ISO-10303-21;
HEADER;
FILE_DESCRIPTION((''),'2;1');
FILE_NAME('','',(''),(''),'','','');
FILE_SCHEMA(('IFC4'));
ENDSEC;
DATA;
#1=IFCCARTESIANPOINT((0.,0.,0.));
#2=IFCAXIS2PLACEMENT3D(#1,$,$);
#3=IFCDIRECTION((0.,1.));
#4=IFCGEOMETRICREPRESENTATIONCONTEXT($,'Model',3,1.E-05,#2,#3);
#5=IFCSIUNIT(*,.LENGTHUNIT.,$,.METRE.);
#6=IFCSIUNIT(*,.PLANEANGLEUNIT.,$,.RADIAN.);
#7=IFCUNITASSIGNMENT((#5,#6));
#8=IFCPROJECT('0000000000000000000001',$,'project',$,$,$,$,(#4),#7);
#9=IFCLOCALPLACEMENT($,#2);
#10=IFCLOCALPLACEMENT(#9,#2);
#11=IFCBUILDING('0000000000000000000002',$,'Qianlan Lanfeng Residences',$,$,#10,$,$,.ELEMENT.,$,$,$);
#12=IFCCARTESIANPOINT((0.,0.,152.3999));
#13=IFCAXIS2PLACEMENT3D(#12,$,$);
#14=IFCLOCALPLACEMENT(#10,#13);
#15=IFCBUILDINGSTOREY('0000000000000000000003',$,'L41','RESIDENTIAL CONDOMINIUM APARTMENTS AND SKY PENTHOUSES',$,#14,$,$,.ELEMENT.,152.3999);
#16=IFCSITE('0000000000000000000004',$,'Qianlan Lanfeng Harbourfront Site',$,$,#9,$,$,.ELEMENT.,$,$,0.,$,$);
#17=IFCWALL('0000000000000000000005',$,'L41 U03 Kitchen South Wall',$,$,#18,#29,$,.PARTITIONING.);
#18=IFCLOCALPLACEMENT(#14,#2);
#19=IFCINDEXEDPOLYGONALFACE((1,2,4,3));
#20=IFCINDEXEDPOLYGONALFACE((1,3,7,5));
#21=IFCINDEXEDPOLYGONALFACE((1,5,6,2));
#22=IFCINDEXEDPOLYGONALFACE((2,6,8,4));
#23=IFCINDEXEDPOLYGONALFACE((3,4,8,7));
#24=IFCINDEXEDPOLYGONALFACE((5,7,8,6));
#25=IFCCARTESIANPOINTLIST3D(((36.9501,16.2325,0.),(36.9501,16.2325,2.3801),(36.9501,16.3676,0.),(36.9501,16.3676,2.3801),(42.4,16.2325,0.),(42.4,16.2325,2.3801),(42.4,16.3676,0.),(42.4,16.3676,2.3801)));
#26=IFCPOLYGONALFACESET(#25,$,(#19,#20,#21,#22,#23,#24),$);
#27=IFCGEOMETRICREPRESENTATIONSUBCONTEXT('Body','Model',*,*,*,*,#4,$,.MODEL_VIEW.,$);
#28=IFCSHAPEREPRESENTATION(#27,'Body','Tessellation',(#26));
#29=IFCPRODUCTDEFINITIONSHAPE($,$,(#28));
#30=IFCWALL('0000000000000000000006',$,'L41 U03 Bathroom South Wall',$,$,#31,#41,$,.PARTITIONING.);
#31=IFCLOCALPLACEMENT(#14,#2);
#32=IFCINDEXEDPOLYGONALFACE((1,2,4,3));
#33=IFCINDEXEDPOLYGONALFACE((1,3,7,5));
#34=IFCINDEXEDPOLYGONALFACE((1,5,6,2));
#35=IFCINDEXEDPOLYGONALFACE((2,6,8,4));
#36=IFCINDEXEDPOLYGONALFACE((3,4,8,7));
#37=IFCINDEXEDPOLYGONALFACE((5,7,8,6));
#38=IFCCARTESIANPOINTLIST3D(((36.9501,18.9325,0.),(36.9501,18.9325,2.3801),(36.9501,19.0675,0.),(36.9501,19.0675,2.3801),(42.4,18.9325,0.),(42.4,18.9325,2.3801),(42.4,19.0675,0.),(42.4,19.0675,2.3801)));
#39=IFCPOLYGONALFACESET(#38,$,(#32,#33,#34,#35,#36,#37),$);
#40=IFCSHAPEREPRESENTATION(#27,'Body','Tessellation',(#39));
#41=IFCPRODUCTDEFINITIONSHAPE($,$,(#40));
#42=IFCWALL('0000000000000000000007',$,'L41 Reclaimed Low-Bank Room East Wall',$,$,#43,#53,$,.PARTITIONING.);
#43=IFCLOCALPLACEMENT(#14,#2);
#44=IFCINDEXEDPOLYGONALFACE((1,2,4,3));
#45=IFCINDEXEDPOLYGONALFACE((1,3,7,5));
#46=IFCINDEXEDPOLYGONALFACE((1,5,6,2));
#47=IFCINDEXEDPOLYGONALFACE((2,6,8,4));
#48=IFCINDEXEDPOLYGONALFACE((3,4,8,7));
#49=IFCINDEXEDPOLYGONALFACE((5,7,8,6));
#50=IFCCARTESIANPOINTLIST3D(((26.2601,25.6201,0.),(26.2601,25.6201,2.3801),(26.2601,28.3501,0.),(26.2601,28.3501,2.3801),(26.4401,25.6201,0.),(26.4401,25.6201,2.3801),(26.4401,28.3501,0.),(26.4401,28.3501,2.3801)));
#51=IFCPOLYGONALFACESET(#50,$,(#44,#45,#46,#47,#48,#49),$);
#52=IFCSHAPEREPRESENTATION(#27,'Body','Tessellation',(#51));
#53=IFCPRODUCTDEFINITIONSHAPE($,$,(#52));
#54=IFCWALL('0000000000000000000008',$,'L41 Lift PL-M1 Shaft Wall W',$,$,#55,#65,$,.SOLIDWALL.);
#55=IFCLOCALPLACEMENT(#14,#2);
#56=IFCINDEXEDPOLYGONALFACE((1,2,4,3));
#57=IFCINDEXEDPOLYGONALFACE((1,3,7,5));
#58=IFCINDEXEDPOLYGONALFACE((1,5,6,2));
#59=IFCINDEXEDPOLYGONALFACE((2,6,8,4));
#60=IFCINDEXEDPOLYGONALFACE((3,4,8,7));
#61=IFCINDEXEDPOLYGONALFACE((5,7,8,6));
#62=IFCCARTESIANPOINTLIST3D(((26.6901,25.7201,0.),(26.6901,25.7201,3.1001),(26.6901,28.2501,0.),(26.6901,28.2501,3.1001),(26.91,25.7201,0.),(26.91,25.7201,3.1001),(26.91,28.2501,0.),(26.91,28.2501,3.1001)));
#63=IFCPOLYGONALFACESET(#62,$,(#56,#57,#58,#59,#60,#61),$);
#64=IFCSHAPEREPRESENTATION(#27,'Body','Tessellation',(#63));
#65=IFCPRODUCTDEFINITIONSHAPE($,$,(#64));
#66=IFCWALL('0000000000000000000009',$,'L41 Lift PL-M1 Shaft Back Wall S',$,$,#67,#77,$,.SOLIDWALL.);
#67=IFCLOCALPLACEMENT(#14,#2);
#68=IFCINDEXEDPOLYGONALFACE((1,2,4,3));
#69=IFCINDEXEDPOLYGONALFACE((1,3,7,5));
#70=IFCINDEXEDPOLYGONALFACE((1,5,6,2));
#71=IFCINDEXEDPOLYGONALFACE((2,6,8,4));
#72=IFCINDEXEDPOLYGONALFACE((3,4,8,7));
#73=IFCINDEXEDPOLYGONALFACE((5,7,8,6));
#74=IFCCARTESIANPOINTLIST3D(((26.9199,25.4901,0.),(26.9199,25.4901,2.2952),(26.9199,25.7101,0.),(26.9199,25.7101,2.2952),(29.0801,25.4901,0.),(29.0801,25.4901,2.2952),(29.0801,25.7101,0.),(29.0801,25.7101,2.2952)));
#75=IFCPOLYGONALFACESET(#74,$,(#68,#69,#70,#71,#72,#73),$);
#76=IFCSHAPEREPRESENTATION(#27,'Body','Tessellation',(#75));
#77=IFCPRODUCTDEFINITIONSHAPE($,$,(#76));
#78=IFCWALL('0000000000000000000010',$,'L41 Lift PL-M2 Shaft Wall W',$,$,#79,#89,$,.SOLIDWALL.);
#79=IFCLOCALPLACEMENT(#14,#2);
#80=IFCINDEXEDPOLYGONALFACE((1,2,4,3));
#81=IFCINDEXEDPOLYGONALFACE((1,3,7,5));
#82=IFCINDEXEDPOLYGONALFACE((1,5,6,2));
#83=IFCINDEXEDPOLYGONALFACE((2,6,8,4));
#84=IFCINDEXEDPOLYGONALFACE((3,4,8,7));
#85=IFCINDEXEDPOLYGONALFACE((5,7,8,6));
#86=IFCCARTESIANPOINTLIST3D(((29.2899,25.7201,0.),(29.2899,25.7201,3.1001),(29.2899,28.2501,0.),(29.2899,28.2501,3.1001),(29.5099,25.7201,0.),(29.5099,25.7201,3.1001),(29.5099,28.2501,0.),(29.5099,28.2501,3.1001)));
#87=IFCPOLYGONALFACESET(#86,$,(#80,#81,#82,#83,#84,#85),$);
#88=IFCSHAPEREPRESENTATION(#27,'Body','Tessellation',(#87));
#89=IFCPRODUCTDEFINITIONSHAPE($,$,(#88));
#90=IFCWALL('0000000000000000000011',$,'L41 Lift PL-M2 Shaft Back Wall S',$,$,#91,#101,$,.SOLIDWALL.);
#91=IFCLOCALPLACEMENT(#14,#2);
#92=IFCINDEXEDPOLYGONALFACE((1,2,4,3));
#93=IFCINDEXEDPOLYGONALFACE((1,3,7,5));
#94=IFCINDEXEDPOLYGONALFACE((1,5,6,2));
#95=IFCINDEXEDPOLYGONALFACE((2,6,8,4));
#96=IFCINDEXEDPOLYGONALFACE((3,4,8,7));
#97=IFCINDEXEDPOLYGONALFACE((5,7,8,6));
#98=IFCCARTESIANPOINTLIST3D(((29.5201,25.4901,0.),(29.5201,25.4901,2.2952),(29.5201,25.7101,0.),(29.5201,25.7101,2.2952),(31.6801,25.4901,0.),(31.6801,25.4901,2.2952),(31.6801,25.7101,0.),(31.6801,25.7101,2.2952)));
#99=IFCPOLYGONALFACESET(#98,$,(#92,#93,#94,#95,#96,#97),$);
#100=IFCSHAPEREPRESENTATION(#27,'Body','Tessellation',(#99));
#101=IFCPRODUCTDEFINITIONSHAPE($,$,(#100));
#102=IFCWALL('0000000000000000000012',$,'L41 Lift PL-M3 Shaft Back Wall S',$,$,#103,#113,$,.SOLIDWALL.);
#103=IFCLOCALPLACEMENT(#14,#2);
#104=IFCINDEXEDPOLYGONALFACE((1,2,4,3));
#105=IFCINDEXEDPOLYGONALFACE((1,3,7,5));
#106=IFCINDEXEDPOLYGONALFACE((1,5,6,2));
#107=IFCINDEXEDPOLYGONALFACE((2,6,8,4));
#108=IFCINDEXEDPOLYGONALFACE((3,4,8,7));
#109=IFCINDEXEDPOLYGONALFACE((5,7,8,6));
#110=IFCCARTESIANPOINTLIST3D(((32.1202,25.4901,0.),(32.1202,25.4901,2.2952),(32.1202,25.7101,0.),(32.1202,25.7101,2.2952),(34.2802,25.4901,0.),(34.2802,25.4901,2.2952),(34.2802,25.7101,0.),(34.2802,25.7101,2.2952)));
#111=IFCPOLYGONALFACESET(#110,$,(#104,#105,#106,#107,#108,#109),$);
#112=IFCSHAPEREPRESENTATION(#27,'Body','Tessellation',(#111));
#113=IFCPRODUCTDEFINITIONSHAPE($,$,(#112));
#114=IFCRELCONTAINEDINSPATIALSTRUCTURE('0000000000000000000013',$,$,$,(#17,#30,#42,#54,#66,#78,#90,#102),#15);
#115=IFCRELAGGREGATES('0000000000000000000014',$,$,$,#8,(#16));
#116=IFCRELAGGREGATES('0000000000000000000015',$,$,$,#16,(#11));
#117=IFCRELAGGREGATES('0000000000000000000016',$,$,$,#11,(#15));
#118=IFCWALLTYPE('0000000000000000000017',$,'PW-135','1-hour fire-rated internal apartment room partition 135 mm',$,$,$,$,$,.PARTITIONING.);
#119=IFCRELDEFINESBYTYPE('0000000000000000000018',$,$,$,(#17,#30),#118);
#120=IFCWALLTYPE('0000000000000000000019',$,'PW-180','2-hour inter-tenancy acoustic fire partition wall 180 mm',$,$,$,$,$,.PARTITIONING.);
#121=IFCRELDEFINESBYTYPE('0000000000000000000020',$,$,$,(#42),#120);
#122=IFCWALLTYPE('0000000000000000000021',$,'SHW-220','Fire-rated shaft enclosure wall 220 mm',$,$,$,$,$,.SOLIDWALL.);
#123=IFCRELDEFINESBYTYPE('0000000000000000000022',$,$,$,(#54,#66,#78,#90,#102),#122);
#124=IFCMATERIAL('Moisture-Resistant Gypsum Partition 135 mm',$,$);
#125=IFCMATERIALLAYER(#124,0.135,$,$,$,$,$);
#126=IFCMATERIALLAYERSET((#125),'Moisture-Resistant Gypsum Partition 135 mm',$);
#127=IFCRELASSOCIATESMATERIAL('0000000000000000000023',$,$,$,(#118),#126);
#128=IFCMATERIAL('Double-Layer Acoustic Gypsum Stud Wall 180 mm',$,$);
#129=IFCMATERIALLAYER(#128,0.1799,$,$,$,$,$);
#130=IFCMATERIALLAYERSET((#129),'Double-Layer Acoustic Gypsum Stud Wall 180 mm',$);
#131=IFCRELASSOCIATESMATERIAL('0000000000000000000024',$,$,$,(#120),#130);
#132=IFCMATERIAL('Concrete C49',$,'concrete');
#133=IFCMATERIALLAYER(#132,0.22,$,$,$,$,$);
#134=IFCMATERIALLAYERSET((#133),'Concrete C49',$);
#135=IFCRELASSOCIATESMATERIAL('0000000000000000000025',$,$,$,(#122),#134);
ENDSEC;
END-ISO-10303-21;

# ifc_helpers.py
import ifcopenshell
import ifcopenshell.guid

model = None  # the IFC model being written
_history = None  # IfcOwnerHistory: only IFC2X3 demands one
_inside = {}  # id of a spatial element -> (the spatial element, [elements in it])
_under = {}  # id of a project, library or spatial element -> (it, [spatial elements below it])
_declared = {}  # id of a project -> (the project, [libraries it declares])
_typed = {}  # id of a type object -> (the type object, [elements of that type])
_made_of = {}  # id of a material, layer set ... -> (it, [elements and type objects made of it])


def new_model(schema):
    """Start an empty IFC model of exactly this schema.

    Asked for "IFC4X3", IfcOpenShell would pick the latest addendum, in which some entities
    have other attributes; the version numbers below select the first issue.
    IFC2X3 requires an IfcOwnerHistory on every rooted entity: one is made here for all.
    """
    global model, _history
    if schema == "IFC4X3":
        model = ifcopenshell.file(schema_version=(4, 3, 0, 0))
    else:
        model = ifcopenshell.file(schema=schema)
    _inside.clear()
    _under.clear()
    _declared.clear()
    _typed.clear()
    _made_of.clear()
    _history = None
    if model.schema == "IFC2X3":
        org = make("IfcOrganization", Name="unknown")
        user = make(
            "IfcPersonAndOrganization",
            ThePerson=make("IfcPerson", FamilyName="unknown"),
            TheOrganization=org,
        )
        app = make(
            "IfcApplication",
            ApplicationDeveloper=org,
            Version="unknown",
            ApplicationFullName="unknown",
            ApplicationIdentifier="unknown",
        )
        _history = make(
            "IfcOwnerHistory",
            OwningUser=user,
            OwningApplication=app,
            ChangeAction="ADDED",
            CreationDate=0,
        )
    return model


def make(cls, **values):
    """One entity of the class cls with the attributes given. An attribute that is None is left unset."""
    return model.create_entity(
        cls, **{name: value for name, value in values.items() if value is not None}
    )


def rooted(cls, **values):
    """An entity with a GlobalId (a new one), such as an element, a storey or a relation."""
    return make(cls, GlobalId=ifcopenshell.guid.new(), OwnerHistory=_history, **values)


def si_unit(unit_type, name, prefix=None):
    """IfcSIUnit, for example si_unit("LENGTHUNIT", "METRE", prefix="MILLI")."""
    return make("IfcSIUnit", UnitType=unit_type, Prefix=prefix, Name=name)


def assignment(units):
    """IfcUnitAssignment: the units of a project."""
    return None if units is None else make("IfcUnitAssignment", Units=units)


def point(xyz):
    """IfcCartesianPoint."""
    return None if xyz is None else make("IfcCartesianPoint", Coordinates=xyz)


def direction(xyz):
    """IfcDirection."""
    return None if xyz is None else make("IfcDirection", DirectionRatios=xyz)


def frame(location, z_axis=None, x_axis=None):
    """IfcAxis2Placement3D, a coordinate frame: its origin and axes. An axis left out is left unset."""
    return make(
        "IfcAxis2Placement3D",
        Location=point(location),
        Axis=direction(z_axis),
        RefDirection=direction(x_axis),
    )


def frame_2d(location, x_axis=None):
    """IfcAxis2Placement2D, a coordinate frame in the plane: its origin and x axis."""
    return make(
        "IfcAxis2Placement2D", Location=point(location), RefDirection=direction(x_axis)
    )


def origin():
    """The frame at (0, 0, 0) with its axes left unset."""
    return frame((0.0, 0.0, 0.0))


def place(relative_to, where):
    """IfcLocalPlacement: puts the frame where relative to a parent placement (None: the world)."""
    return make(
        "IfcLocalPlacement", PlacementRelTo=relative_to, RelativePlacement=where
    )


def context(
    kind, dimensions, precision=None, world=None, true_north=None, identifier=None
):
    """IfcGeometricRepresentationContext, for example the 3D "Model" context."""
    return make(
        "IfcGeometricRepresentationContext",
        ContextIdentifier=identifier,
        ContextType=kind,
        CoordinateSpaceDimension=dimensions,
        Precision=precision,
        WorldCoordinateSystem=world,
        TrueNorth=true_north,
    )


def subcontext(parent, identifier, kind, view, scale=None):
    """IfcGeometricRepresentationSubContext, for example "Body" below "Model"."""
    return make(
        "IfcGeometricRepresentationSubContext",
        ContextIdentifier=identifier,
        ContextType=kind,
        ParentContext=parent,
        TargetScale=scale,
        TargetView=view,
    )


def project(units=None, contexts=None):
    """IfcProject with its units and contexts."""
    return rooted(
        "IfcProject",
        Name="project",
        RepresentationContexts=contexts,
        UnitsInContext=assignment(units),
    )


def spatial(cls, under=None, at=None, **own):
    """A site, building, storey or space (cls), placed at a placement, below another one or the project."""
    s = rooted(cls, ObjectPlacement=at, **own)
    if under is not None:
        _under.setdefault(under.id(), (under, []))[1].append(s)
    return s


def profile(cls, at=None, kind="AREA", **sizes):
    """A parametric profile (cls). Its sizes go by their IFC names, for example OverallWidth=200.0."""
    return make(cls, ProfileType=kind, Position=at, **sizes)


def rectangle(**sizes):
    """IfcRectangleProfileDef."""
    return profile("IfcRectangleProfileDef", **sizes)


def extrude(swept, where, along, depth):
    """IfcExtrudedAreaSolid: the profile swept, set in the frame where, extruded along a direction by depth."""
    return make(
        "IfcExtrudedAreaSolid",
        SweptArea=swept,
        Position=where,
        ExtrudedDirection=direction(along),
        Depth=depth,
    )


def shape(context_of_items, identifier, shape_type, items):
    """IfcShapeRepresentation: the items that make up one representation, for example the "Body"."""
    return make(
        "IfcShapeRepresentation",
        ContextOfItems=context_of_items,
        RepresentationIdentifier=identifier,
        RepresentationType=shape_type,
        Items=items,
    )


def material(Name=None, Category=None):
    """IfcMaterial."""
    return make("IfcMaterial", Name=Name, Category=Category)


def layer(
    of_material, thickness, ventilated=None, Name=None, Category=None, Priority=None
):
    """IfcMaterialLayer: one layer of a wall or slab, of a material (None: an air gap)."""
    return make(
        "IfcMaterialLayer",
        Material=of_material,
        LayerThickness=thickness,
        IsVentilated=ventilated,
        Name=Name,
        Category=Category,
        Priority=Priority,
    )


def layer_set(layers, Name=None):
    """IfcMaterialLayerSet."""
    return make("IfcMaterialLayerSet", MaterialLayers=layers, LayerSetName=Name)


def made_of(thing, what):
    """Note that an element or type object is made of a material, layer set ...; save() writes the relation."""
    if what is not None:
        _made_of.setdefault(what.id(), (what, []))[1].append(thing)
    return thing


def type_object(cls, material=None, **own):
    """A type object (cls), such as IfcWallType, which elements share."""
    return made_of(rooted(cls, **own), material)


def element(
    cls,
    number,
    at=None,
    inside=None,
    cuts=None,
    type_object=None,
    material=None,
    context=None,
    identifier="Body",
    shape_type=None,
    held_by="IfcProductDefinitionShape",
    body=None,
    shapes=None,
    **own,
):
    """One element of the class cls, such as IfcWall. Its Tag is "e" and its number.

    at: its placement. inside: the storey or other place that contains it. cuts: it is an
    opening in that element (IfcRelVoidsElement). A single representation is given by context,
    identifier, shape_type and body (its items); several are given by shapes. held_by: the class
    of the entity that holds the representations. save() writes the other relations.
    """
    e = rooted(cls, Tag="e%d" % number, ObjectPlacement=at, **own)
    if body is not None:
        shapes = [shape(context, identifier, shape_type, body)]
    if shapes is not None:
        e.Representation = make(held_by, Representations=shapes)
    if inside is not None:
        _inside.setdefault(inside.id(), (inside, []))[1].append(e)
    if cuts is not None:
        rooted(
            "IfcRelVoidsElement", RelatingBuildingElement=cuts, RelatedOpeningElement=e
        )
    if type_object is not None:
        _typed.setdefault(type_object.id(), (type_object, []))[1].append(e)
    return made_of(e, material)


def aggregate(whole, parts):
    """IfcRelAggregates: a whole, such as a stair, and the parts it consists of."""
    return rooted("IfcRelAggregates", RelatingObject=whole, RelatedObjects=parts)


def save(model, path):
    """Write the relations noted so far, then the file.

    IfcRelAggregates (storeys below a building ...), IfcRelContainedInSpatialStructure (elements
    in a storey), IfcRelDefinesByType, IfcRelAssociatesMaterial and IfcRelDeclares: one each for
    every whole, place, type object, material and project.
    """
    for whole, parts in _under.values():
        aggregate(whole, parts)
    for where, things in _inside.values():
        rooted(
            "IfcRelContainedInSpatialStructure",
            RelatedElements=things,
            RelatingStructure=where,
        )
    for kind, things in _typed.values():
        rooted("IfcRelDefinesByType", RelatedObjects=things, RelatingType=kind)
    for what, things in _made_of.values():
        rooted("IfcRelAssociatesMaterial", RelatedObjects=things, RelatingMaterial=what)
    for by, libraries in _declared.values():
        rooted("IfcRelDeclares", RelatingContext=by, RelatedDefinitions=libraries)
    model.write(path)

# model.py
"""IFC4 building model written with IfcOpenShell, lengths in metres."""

from ifc_helpers import new_model, si_unit, direction, frame, frame_2d, origin, place, context, subcontext, project, spatial, rectangle, extrude, material, layer, layer_set, type_object, element, save


model = new_model("IFC4")

# Units and contexts
model_context = context("Model", 3, precision=1e-05, world=origin(), true_north=direction((0.0, 1.0)))
body_context = subcontext(model_context, "Body", "Model", "MODEL_VIEW")
ifc_project = project(units=[si_unit("LENGTHUNIT", "METRE"), si_unit("PLANEANGLEUNIT", "RADIAN")], contexts=[model_context])

# Site, building, storey
site_placement = place(None, origin())
site = spatial("IfcSite", under=ifc_project, at=site_placement, Name="Qianlan Lanfeng Harbourfront Site", CompositionType="ELEMENT", RefElevation=0.0)
building_placement = place(site_placement, origin())
building = spatial("IfcBuilding", under=site, at=building_placement, Name="Qianlan Lanfeng Residences", CompositionType="ELEMENT")
storey_placement = place(building_placement, frame((0.0, 0.0, 152.3999)))
storey = spatial("IfcBuildingStorey", under=building, at=storey_placement, Name="L41", Description="RESIDENTIAL CONDOMINIUM APARTMENTS AND SKY PENTHOUSES", CompositionType="ELEMENT", Elevation=152.3999)

# Shared definitions
ifc_material_1 = material(Name="Concrete C49", Category="concrete")

# Walls
ifc_material_2 = material(Name="Moisture-Resistant Gypsum Partition 135 mm")
ifc_layer_1 = layer(ifc_material_2, 0.135)
ifc_layer_set_1 = layer_set([ifc_layer_1], Name="Moisture-Resistant Gypsum Partition 135 mm")
wall_type_1 = type_object("IfcWallType", Name="PW-135", Description="1-hour fire-rated internal apartment room partition 135 mm", PredefinedType="PARTITIONING", material=ifc_layer_set_1)
for number, where, z_axis, x_axis, name in (
    (1, (36.95, 16.3, 0.0), (0.0, 0.0, 1.0), (1.0, 0.0, 0.0), "L41 U03 Kitchen South Wall"),
    (2, (36.95, 19.0, 0.0), (0.0, 0.0, 1.0), (1.0, 0.0, 0.0), "L41 U03 Bathroom South Wall"),
):
    element("IfcWall", number, at=place(storey_placement, frame(where, z_axis=z_axis, x_axis=x_axis)), inside=storey, type_object=wall_type_1, Name=name, PredefinedType="PARTITIONING", context=body_context, shape_type="SweptSolid", body=[
        extrude(rectangle(XDim=5.45, YDim=0.135, at=frame_2d((2.7251, 0.0))), origin(), (0.0, 0.0, 1.0), 2.3801),
    ])

# Shared definitions
ifc_material_3 = material(Name="Double-Layer Acoustic Gypsum Stud Wall 180 mm")
ifc_layer_2 = layer(ifc_material_3, 0.1799)
ifc_layer_set_2 = layer_set([ifc_layer_2], Name="Double-Layer Acoustic Gypsum Stud Wall 180 mm")
wall_type_2 = type_object("IfcWallType", Name="PW-180", Description="2-hour inter-tenancy acoustic fire partition wall 180 mm", PredefinedType="PARTITIONING", material=ifc_layer_set_2)

# Walls
wall_1_placement = place(storey_placement, frame((26.3501, 25.6201, 0.0), z_axis=(0.0, 0.0, 1.0), x_axis=(0.0, 1.0, 0.0)))
element("IfcWall", 3, at=wall_1_placement, inside=storey, type_object=wall_type_2, Name="L41 Reclaimed Low-Bank Room East Wall", PredefinedType="PARTITIONING", context=body_context, shape_type="SweptSolid", body=[
    extrude(rectangle(XDim=2.73, YDim=0.1799, at=frame_2d((1.365, 0.0))), origin(), (0.0, 0.0, 1.0), 2.3801),
])
ifc_layer_3 = layer(ifc_material_1, 0.22)
ifc_layer_set_3 = layer_set([ifc_layer_3], Name="Concrete C49")
wall_type_3 = type_object("IfcWallType", Name="SHW-220", Description="Fire-rated shaft enclosure wall 220 mm", PredefinedType="SOLIDWALL", material=ifc_layer_set_3)
wall_2_placement = place(storey_placement, frame((26.8, 25.72, 0.0), z_axis=(0.0, 0.0, 1.0), x_axis=(0.0, 1.0, 0.0)))
element("IfcWall", 4, at=wall_2_placement, inside=storey, type_object=wall_type_3, Name="L41 Lift PL-M1 Shaft Wall W", PredefinedType="SOLIDWALL", context=body_context, shape_type="SweptSolid", body=[
    extrude(rectangle(XDim=2.53, YDim=0.22, at=frame_2d((1.2651, 0.0))), origin(), (0.0, 0.0, 1.0), 3.1001),
])
wall_3_placement = place(storey_placement, frame((26.9199, 25.6001, 0.0), z_axis=(0.0, 0.0, 1.0), x_axis=(1.0, 0.0, 0.0)))
element("IfcWall", 5, at=wall_3_placement, inside=storey, type_object=wall_type_3, Name="L41 Lift PL-M1 Shaft Back Wall S", PredefinedType="SOLIDWALL", context=body_context, shape_type="SweptSolid", body=[
    extrude(rectangle(XDim=2.1602, YDim=0.22, at=frame_2d((1.0801, 0.0))), origin(), (0.0, 0.0, 1.0), 2.2952),
])
wall_4_placement = place(storey_placement, frame((29.3999, 25.72, 0.0), z_axis=(0.0, 0.0, 1.0), x_axis=(0.0, 1.0, 0.0)))
element("IfcWall", 6, at=wall_4_placement, inside=storey, type_object=wall_type_3, Name="L41 Lift PL-M2 Shaft Wall W", PredefinedType="SOLIDWALL", context=body_context, shape_type="SweptSolid", body=[
    extrude(rectangle(XDim=2.53, YDim=0.22, at=frame_2d((1.2651, 0.0))), origin(), (0.0, 0.0, 1.0), 3.1001),
])
for number, where, z_axis, x_axis, name in (
    (7, (29.52, 25.6001, 0.0), (0.0, 0.0, 1.0), (1.0, 0.0, 0.0), "L41 Lift PL-M2 Shaft Back Wall S"),
    (8, (32.1201, 25.6001, 0.0), (0.0, 0.0, 1.0), (1.0, 0.0, 0.0), "L41 Lift PL-M3 Shaft Back Wall S"),
):
    element("IfcWall", number, at=place(storey_placement, frame(where, z_axis=z_axis, x_axis=x_axis)), inside=storey, type_object=wall_type_3, Name=name, PredefinedType="SOLIDWALL", context=body_context, shape_type="SweptSolid", body=[
        extrude(rectangle(XDim=2.1599, YDim=0.22, at=frame_2d((1.0801, 0.0))), origin(), (0.0, 0.0, 1.0), 2.2952),
    ])

save(model, "model.ifc")
